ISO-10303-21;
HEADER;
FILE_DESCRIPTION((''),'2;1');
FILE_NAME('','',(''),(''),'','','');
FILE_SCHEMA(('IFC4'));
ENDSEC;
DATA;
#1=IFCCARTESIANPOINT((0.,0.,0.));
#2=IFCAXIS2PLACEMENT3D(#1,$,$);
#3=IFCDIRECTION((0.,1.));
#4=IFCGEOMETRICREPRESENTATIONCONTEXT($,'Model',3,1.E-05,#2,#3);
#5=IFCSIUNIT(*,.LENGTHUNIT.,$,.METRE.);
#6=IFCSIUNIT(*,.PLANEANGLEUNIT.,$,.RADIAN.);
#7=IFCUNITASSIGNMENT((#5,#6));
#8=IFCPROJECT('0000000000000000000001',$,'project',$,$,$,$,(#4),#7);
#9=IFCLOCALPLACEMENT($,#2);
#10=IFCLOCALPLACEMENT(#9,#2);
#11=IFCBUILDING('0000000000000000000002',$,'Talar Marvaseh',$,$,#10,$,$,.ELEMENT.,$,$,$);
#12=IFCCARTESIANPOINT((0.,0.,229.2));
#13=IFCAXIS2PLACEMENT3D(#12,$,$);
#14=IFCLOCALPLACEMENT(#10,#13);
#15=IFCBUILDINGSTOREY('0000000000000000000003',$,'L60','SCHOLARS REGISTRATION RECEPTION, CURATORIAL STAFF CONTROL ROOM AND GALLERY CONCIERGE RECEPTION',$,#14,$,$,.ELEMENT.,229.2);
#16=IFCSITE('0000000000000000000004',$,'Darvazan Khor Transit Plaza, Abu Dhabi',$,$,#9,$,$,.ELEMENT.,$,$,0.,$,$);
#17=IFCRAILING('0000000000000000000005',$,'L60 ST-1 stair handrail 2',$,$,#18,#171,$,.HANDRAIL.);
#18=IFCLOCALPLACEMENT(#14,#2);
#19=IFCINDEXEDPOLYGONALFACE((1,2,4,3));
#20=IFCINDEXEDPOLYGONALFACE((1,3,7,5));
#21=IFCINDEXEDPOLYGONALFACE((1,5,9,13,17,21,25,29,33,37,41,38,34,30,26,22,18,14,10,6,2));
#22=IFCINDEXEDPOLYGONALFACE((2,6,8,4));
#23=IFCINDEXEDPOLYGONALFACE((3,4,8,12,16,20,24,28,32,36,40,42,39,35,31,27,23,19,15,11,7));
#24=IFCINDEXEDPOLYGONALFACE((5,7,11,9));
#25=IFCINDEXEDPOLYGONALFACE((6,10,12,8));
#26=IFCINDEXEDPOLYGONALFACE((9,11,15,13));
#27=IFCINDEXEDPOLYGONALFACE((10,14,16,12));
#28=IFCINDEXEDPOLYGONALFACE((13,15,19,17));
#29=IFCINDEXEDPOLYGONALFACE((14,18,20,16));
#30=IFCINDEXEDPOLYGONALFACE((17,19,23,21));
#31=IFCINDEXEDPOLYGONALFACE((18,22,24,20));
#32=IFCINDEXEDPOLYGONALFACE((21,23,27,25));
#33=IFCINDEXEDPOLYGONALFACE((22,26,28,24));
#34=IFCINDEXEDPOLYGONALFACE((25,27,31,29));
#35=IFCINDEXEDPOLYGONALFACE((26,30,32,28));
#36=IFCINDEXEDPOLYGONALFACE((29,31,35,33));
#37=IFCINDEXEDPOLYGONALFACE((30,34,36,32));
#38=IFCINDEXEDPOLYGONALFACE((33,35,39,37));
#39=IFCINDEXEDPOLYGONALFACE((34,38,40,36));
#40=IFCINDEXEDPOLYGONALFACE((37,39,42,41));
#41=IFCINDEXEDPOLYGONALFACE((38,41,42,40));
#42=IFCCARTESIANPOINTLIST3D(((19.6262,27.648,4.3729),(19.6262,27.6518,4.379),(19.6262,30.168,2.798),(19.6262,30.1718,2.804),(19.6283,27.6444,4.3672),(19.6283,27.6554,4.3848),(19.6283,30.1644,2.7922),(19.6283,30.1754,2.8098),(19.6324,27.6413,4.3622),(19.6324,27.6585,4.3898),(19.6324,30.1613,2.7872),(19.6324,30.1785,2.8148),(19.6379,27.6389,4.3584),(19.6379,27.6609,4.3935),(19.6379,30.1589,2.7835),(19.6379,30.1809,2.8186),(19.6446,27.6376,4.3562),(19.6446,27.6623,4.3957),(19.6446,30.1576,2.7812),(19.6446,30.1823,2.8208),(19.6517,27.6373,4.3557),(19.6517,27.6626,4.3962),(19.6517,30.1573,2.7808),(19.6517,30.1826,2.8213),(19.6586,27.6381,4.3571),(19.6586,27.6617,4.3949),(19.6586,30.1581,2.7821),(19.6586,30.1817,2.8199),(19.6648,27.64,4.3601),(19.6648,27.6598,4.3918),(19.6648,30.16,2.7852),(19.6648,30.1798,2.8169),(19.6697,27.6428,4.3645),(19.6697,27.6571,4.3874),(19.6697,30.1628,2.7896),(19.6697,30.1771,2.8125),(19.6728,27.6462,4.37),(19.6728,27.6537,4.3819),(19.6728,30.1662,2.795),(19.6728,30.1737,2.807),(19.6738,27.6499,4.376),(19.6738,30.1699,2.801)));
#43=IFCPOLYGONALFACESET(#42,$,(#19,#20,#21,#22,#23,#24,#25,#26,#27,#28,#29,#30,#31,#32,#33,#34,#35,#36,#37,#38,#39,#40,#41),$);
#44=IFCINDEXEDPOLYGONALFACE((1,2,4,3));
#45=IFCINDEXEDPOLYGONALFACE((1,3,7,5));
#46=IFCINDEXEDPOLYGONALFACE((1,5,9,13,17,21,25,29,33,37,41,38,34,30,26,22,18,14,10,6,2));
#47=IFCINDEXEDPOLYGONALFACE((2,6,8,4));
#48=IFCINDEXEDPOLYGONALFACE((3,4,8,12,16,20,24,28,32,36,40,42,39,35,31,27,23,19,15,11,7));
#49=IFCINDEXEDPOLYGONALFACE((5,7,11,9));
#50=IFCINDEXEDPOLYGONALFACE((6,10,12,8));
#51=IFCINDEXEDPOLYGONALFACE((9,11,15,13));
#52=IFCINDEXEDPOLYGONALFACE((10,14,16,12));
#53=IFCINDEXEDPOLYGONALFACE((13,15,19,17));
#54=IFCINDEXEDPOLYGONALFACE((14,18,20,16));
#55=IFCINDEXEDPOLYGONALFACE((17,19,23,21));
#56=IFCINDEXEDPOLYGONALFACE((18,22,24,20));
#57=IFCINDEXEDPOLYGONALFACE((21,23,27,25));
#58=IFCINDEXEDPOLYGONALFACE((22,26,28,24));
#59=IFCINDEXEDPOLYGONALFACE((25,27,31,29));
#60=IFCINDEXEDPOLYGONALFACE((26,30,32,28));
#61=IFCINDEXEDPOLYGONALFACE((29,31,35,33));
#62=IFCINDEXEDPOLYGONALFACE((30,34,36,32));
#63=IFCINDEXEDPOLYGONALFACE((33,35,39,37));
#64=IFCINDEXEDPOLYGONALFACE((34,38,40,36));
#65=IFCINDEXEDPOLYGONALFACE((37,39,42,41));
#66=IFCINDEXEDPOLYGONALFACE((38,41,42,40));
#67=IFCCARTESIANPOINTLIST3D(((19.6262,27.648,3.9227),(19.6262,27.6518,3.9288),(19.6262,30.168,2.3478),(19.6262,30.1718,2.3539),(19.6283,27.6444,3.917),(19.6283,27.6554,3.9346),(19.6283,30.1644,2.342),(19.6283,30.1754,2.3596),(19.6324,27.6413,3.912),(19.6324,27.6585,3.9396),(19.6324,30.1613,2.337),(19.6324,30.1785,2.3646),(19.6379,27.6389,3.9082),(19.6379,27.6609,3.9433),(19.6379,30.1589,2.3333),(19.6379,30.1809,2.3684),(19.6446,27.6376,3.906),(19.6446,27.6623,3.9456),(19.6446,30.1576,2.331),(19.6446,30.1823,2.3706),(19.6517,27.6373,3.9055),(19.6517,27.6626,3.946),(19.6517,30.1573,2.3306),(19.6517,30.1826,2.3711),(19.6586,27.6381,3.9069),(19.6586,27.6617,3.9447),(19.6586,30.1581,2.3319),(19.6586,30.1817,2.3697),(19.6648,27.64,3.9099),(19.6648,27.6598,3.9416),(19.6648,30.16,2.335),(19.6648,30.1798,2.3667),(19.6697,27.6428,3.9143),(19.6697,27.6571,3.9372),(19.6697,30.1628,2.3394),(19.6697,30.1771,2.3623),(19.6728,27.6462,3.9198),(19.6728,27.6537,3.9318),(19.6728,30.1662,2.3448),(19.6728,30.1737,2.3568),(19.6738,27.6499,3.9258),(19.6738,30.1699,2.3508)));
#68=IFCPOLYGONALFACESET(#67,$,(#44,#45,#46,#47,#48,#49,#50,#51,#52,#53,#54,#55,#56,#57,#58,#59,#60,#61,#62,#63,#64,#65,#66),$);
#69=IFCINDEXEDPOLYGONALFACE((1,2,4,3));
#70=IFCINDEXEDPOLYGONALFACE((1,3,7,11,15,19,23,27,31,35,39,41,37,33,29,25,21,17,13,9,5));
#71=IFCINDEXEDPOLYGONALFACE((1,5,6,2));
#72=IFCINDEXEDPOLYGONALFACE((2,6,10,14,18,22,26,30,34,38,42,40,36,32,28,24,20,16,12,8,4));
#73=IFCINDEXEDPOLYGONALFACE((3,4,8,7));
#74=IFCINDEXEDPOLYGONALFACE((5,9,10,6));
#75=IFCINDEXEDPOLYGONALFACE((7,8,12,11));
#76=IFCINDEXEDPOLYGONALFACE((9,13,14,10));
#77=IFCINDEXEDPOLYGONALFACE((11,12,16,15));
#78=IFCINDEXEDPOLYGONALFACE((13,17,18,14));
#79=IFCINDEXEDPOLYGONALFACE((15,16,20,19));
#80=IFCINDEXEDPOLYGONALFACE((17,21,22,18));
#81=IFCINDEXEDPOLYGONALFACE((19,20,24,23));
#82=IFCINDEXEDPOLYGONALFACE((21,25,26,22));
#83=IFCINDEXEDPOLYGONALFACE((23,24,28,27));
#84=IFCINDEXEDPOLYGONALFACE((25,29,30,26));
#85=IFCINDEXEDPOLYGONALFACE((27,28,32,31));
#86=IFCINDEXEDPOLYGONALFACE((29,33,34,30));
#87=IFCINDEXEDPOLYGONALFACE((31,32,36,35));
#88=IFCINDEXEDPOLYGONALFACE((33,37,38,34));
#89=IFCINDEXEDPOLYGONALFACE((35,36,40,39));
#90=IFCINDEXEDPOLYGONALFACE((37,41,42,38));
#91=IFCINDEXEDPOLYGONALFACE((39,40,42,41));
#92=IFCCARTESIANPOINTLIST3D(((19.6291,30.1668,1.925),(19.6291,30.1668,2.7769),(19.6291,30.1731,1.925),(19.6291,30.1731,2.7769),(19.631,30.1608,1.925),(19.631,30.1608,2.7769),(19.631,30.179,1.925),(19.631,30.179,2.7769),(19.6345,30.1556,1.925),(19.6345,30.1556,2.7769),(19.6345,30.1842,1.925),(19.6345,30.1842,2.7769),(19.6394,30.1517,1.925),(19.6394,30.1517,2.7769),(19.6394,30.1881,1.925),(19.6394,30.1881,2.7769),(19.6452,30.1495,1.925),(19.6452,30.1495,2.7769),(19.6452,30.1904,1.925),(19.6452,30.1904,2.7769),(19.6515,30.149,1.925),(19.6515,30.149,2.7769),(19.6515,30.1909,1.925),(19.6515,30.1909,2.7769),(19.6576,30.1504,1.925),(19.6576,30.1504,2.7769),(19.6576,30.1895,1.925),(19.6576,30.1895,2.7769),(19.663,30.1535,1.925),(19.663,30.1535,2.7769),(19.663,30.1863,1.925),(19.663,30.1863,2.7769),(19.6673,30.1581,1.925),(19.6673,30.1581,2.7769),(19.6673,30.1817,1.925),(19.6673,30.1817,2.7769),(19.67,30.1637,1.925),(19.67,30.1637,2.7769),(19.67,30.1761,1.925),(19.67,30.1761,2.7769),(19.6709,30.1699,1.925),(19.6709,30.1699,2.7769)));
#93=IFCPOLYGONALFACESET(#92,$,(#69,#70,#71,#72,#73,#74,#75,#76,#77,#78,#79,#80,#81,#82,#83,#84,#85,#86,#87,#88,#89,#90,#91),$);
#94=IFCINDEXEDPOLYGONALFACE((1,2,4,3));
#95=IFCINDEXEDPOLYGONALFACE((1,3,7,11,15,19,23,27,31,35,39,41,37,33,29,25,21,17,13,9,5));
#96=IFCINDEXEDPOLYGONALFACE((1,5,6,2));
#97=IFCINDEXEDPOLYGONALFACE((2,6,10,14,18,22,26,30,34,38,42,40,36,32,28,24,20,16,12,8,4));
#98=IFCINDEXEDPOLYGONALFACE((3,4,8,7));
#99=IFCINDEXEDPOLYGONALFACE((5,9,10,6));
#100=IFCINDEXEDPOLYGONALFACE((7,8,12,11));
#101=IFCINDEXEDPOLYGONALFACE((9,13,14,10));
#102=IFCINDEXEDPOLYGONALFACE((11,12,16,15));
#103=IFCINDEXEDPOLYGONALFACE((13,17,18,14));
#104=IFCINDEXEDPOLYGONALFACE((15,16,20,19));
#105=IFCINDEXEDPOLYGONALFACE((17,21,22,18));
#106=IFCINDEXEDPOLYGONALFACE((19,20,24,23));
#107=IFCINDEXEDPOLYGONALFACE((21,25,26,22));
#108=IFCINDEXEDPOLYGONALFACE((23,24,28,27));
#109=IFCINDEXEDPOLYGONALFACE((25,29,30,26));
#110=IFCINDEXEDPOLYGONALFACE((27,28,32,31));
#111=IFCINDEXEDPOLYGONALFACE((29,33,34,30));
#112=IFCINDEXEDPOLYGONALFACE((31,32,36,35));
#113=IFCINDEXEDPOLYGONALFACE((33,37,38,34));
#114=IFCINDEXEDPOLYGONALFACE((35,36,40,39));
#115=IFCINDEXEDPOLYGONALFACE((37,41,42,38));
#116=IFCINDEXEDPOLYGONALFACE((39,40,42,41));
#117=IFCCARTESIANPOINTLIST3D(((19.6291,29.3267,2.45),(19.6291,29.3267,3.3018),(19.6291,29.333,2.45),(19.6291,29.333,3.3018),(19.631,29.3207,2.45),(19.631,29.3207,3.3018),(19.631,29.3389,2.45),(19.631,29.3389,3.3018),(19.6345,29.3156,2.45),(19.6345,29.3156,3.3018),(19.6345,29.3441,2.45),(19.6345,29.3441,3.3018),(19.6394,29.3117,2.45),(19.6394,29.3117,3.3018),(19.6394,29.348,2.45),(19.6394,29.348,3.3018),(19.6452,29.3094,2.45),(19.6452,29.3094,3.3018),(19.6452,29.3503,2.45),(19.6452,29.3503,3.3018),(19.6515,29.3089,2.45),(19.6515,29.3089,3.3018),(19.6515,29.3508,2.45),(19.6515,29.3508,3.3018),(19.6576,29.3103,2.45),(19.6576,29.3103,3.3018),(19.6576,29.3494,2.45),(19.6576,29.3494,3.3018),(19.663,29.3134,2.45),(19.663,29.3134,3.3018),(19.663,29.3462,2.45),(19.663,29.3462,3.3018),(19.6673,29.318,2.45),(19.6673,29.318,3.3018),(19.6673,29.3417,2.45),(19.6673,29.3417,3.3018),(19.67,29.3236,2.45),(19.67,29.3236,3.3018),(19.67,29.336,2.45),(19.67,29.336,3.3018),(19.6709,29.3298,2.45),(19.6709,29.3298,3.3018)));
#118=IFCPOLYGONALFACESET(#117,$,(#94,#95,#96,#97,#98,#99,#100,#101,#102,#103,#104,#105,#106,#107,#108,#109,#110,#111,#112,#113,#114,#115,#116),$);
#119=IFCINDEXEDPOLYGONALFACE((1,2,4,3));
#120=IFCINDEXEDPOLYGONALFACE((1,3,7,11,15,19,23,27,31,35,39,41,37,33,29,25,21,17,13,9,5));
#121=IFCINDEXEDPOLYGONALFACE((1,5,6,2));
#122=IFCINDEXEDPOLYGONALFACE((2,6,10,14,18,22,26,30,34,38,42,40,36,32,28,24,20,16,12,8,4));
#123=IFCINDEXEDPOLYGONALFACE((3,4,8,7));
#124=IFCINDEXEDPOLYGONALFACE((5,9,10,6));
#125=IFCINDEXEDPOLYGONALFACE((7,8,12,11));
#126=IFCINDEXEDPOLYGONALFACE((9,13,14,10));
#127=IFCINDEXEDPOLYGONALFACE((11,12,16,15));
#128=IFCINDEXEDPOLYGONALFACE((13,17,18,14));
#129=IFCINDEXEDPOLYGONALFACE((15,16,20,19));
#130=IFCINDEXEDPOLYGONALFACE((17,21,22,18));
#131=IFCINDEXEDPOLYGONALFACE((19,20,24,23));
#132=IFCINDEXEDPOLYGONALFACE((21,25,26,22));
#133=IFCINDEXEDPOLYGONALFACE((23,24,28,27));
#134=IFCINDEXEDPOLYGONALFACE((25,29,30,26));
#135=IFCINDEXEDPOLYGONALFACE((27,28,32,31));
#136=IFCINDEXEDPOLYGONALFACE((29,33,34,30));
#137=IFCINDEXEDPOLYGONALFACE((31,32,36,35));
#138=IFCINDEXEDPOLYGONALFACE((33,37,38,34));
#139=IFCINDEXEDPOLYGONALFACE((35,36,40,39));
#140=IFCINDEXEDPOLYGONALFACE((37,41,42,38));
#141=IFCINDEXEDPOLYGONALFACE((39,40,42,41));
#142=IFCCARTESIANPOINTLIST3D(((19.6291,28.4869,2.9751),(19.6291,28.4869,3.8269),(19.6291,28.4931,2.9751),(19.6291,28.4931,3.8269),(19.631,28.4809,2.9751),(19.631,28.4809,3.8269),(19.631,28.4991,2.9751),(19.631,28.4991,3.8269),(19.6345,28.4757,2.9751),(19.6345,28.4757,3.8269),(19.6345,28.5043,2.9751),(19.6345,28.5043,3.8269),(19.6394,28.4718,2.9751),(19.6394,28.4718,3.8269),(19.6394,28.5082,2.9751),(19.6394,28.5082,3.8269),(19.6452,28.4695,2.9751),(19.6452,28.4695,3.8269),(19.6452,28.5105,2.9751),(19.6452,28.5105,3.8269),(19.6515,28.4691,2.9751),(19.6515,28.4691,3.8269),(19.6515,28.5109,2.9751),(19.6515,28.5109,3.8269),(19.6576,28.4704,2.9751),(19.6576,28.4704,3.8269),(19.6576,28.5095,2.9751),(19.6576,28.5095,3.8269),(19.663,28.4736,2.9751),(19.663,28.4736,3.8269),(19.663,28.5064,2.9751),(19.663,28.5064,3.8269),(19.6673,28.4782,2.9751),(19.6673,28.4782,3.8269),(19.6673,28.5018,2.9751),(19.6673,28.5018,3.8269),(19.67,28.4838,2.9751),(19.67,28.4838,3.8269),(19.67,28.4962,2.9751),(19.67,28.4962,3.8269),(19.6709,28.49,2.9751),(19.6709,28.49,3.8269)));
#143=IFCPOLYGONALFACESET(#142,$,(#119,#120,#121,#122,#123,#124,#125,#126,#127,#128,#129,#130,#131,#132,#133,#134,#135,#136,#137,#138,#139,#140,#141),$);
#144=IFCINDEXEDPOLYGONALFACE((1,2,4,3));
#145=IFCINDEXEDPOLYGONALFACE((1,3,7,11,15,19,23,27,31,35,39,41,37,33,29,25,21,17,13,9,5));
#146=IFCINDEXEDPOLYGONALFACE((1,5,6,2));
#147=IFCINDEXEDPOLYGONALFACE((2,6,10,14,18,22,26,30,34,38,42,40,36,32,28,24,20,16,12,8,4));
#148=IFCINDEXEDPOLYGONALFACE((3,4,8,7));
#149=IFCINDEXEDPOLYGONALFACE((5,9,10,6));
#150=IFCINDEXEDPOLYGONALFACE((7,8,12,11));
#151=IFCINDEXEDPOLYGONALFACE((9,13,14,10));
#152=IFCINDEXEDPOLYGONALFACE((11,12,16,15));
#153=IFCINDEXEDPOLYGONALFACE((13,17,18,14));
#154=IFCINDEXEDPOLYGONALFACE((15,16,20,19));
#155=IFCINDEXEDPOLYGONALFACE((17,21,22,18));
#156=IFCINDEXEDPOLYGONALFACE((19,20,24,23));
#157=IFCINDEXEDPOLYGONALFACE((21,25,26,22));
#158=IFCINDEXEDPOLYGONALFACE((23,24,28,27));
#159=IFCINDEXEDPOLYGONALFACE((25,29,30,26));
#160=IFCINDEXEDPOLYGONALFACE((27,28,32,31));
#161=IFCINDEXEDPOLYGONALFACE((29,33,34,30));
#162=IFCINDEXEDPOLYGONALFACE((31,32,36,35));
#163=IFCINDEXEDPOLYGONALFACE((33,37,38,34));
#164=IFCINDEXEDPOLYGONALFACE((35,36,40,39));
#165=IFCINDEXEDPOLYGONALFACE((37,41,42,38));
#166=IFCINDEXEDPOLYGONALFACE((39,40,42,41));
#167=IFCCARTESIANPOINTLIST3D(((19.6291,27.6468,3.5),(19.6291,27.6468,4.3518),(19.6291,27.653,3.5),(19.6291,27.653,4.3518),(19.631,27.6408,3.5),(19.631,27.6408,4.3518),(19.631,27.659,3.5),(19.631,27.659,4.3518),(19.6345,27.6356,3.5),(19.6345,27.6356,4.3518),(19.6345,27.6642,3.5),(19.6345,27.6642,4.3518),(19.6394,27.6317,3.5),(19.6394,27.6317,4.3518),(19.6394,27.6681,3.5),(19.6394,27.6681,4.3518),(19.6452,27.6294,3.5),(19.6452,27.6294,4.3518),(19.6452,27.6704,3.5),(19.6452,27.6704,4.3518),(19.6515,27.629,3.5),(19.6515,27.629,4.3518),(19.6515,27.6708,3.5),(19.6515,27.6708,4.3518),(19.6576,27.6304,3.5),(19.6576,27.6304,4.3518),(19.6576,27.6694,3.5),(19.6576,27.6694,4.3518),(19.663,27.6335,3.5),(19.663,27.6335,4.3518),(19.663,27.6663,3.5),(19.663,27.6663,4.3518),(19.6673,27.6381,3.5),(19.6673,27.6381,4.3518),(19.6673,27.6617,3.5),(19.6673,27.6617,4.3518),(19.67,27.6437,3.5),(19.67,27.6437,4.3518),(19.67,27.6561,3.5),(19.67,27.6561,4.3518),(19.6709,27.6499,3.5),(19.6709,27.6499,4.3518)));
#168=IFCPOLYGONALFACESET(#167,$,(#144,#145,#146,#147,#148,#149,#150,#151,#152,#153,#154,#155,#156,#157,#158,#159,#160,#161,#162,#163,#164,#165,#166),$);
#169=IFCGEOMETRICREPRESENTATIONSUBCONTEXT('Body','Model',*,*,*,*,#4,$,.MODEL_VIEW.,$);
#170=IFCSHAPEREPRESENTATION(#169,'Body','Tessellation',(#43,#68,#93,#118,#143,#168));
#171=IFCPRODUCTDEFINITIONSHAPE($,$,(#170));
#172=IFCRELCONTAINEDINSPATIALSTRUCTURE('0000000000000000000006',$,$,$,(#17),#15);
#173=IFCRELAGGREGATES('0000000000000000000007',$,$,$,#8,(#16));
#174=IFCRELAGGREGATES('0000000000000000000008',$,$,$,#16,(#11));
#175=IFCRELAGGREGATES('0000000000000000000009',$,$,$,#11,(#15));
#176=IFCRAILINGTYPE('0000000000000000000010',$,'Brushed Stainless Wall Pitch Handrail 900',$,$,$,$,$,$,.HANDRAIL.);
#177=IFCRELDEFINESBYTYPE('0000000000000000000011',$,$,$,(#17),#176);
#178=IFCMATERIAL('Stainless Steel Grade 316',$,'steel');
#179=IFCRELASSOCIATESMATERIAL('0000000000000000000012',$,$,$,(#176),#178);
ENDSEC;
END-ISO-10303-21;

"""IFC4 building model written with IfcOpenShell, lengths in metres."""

from ifc_helpers import new_model, si_unit, direction, frame, origin, origin_2d, place, context, subcontext, project, spatial, circle, extrude, material, type_object, element, save


model = new_model("IFC4")

# Units and contexts
model_context = context("Model", 3, precision=1e-05, world=origin(), true_north=direction((0.0, 1.0)))
body_context = subcontext(model_context, "Body", "Model", "MODEL_VIEW")
ifc_project = project(units=[si_unit("LENGTHUNIT", "METRE"), si_unit("PLANEANGLEUNIT", "RADIAN")], contexts=[model_context])

# Site, building, storey
site_placement = place(None, origin())
site = spatial("IfcSite", under=ifc_project, at=site_placement, Name="Darvazan Khor Transit Plaza, Abu Dhabi", CompositionType="ELEMENT", RefElevation=0.0)
building_placement = place(site_placement, origin())
building = spatial("IfcBuilding", under=site, at=building_placement, Name="Talar Marvaseh", CompositionType="ELEMENT")
storey_placement = place(building_placement, frame((0.0, 0.0, 229.2)))
storey = spatial("IfcBuildingStorey", under=building, at=storey_placement, Name="L60", Description="SCHOLARS REGISTRATION RECEPTION, CURATORIAL STAFF CONTROL ROOM AND GALLERY CONCIERGE RECEPTION", CompositionType="ELEMENT", Elevation=229.2)

# Railing
ifc_material_1 = material(Name="Stainless Steel Grade 316", Category="steel")
railing_type_1 = type_object("IfcRailingType", Name="Brushed Stainless Wall Pitch Handrail 900", PredefinedType="HANDRAIL", material=ifc_material_1)
railing_1_placement = place(storey_placement, frame((19.6499, 30.1699, 1.925)))
element("IfcRailing", 1, at=railing_1_placement, inside=storey, type_object=railing_type_1, Name="L60 ST-1 stair handrail 2", PredefinedType="HANDRAIL", context=body_context, shape_type="SweptSolid", body=[
    extrude(circle(Radius=0.0239, at=origin_2d()), frame((0.0, 0.0, 0.876), z_axis=(0.0, -0.848008, 0.529984), x_axis=(1.0, 0.0, 0.0)), (0.0, 0.0, 1.0), 2.9717),
    extrude(circle(Radius=0.0239, at=origin_2d()), frame((0.0, 0.0, 0.4258), z_axis=(0.0, -0.848008, 0.529984), x_axis=(1.0, 0.0, 0.0)), (0.0, 0.0, 1.0), 2.9717),
    extrude(circle(Radius=0.021, at=origin_2d()), origin(), (0.0, 0.0, 1.0), 0.8518),
    extrude(circle(Radius=0.021, at=origin_2d()), frame((0.0, -0.8401, 0.5249)), (0.0, 0.0, 1.0), 0.8518),
    extrude(circle(Radius=0.021, at=origin_2d()), frame((0.0, -1.6799, 1.05)), (0.0, 0.0, 1.0), 0.8518),
    extrude(circle(Radius=0.021, at=origin_2d()), frame((0.0, -2.52, 1.575)), (0.0, 0.0, 1.0), 0.8518),
])

save(model, "model.ifc")
